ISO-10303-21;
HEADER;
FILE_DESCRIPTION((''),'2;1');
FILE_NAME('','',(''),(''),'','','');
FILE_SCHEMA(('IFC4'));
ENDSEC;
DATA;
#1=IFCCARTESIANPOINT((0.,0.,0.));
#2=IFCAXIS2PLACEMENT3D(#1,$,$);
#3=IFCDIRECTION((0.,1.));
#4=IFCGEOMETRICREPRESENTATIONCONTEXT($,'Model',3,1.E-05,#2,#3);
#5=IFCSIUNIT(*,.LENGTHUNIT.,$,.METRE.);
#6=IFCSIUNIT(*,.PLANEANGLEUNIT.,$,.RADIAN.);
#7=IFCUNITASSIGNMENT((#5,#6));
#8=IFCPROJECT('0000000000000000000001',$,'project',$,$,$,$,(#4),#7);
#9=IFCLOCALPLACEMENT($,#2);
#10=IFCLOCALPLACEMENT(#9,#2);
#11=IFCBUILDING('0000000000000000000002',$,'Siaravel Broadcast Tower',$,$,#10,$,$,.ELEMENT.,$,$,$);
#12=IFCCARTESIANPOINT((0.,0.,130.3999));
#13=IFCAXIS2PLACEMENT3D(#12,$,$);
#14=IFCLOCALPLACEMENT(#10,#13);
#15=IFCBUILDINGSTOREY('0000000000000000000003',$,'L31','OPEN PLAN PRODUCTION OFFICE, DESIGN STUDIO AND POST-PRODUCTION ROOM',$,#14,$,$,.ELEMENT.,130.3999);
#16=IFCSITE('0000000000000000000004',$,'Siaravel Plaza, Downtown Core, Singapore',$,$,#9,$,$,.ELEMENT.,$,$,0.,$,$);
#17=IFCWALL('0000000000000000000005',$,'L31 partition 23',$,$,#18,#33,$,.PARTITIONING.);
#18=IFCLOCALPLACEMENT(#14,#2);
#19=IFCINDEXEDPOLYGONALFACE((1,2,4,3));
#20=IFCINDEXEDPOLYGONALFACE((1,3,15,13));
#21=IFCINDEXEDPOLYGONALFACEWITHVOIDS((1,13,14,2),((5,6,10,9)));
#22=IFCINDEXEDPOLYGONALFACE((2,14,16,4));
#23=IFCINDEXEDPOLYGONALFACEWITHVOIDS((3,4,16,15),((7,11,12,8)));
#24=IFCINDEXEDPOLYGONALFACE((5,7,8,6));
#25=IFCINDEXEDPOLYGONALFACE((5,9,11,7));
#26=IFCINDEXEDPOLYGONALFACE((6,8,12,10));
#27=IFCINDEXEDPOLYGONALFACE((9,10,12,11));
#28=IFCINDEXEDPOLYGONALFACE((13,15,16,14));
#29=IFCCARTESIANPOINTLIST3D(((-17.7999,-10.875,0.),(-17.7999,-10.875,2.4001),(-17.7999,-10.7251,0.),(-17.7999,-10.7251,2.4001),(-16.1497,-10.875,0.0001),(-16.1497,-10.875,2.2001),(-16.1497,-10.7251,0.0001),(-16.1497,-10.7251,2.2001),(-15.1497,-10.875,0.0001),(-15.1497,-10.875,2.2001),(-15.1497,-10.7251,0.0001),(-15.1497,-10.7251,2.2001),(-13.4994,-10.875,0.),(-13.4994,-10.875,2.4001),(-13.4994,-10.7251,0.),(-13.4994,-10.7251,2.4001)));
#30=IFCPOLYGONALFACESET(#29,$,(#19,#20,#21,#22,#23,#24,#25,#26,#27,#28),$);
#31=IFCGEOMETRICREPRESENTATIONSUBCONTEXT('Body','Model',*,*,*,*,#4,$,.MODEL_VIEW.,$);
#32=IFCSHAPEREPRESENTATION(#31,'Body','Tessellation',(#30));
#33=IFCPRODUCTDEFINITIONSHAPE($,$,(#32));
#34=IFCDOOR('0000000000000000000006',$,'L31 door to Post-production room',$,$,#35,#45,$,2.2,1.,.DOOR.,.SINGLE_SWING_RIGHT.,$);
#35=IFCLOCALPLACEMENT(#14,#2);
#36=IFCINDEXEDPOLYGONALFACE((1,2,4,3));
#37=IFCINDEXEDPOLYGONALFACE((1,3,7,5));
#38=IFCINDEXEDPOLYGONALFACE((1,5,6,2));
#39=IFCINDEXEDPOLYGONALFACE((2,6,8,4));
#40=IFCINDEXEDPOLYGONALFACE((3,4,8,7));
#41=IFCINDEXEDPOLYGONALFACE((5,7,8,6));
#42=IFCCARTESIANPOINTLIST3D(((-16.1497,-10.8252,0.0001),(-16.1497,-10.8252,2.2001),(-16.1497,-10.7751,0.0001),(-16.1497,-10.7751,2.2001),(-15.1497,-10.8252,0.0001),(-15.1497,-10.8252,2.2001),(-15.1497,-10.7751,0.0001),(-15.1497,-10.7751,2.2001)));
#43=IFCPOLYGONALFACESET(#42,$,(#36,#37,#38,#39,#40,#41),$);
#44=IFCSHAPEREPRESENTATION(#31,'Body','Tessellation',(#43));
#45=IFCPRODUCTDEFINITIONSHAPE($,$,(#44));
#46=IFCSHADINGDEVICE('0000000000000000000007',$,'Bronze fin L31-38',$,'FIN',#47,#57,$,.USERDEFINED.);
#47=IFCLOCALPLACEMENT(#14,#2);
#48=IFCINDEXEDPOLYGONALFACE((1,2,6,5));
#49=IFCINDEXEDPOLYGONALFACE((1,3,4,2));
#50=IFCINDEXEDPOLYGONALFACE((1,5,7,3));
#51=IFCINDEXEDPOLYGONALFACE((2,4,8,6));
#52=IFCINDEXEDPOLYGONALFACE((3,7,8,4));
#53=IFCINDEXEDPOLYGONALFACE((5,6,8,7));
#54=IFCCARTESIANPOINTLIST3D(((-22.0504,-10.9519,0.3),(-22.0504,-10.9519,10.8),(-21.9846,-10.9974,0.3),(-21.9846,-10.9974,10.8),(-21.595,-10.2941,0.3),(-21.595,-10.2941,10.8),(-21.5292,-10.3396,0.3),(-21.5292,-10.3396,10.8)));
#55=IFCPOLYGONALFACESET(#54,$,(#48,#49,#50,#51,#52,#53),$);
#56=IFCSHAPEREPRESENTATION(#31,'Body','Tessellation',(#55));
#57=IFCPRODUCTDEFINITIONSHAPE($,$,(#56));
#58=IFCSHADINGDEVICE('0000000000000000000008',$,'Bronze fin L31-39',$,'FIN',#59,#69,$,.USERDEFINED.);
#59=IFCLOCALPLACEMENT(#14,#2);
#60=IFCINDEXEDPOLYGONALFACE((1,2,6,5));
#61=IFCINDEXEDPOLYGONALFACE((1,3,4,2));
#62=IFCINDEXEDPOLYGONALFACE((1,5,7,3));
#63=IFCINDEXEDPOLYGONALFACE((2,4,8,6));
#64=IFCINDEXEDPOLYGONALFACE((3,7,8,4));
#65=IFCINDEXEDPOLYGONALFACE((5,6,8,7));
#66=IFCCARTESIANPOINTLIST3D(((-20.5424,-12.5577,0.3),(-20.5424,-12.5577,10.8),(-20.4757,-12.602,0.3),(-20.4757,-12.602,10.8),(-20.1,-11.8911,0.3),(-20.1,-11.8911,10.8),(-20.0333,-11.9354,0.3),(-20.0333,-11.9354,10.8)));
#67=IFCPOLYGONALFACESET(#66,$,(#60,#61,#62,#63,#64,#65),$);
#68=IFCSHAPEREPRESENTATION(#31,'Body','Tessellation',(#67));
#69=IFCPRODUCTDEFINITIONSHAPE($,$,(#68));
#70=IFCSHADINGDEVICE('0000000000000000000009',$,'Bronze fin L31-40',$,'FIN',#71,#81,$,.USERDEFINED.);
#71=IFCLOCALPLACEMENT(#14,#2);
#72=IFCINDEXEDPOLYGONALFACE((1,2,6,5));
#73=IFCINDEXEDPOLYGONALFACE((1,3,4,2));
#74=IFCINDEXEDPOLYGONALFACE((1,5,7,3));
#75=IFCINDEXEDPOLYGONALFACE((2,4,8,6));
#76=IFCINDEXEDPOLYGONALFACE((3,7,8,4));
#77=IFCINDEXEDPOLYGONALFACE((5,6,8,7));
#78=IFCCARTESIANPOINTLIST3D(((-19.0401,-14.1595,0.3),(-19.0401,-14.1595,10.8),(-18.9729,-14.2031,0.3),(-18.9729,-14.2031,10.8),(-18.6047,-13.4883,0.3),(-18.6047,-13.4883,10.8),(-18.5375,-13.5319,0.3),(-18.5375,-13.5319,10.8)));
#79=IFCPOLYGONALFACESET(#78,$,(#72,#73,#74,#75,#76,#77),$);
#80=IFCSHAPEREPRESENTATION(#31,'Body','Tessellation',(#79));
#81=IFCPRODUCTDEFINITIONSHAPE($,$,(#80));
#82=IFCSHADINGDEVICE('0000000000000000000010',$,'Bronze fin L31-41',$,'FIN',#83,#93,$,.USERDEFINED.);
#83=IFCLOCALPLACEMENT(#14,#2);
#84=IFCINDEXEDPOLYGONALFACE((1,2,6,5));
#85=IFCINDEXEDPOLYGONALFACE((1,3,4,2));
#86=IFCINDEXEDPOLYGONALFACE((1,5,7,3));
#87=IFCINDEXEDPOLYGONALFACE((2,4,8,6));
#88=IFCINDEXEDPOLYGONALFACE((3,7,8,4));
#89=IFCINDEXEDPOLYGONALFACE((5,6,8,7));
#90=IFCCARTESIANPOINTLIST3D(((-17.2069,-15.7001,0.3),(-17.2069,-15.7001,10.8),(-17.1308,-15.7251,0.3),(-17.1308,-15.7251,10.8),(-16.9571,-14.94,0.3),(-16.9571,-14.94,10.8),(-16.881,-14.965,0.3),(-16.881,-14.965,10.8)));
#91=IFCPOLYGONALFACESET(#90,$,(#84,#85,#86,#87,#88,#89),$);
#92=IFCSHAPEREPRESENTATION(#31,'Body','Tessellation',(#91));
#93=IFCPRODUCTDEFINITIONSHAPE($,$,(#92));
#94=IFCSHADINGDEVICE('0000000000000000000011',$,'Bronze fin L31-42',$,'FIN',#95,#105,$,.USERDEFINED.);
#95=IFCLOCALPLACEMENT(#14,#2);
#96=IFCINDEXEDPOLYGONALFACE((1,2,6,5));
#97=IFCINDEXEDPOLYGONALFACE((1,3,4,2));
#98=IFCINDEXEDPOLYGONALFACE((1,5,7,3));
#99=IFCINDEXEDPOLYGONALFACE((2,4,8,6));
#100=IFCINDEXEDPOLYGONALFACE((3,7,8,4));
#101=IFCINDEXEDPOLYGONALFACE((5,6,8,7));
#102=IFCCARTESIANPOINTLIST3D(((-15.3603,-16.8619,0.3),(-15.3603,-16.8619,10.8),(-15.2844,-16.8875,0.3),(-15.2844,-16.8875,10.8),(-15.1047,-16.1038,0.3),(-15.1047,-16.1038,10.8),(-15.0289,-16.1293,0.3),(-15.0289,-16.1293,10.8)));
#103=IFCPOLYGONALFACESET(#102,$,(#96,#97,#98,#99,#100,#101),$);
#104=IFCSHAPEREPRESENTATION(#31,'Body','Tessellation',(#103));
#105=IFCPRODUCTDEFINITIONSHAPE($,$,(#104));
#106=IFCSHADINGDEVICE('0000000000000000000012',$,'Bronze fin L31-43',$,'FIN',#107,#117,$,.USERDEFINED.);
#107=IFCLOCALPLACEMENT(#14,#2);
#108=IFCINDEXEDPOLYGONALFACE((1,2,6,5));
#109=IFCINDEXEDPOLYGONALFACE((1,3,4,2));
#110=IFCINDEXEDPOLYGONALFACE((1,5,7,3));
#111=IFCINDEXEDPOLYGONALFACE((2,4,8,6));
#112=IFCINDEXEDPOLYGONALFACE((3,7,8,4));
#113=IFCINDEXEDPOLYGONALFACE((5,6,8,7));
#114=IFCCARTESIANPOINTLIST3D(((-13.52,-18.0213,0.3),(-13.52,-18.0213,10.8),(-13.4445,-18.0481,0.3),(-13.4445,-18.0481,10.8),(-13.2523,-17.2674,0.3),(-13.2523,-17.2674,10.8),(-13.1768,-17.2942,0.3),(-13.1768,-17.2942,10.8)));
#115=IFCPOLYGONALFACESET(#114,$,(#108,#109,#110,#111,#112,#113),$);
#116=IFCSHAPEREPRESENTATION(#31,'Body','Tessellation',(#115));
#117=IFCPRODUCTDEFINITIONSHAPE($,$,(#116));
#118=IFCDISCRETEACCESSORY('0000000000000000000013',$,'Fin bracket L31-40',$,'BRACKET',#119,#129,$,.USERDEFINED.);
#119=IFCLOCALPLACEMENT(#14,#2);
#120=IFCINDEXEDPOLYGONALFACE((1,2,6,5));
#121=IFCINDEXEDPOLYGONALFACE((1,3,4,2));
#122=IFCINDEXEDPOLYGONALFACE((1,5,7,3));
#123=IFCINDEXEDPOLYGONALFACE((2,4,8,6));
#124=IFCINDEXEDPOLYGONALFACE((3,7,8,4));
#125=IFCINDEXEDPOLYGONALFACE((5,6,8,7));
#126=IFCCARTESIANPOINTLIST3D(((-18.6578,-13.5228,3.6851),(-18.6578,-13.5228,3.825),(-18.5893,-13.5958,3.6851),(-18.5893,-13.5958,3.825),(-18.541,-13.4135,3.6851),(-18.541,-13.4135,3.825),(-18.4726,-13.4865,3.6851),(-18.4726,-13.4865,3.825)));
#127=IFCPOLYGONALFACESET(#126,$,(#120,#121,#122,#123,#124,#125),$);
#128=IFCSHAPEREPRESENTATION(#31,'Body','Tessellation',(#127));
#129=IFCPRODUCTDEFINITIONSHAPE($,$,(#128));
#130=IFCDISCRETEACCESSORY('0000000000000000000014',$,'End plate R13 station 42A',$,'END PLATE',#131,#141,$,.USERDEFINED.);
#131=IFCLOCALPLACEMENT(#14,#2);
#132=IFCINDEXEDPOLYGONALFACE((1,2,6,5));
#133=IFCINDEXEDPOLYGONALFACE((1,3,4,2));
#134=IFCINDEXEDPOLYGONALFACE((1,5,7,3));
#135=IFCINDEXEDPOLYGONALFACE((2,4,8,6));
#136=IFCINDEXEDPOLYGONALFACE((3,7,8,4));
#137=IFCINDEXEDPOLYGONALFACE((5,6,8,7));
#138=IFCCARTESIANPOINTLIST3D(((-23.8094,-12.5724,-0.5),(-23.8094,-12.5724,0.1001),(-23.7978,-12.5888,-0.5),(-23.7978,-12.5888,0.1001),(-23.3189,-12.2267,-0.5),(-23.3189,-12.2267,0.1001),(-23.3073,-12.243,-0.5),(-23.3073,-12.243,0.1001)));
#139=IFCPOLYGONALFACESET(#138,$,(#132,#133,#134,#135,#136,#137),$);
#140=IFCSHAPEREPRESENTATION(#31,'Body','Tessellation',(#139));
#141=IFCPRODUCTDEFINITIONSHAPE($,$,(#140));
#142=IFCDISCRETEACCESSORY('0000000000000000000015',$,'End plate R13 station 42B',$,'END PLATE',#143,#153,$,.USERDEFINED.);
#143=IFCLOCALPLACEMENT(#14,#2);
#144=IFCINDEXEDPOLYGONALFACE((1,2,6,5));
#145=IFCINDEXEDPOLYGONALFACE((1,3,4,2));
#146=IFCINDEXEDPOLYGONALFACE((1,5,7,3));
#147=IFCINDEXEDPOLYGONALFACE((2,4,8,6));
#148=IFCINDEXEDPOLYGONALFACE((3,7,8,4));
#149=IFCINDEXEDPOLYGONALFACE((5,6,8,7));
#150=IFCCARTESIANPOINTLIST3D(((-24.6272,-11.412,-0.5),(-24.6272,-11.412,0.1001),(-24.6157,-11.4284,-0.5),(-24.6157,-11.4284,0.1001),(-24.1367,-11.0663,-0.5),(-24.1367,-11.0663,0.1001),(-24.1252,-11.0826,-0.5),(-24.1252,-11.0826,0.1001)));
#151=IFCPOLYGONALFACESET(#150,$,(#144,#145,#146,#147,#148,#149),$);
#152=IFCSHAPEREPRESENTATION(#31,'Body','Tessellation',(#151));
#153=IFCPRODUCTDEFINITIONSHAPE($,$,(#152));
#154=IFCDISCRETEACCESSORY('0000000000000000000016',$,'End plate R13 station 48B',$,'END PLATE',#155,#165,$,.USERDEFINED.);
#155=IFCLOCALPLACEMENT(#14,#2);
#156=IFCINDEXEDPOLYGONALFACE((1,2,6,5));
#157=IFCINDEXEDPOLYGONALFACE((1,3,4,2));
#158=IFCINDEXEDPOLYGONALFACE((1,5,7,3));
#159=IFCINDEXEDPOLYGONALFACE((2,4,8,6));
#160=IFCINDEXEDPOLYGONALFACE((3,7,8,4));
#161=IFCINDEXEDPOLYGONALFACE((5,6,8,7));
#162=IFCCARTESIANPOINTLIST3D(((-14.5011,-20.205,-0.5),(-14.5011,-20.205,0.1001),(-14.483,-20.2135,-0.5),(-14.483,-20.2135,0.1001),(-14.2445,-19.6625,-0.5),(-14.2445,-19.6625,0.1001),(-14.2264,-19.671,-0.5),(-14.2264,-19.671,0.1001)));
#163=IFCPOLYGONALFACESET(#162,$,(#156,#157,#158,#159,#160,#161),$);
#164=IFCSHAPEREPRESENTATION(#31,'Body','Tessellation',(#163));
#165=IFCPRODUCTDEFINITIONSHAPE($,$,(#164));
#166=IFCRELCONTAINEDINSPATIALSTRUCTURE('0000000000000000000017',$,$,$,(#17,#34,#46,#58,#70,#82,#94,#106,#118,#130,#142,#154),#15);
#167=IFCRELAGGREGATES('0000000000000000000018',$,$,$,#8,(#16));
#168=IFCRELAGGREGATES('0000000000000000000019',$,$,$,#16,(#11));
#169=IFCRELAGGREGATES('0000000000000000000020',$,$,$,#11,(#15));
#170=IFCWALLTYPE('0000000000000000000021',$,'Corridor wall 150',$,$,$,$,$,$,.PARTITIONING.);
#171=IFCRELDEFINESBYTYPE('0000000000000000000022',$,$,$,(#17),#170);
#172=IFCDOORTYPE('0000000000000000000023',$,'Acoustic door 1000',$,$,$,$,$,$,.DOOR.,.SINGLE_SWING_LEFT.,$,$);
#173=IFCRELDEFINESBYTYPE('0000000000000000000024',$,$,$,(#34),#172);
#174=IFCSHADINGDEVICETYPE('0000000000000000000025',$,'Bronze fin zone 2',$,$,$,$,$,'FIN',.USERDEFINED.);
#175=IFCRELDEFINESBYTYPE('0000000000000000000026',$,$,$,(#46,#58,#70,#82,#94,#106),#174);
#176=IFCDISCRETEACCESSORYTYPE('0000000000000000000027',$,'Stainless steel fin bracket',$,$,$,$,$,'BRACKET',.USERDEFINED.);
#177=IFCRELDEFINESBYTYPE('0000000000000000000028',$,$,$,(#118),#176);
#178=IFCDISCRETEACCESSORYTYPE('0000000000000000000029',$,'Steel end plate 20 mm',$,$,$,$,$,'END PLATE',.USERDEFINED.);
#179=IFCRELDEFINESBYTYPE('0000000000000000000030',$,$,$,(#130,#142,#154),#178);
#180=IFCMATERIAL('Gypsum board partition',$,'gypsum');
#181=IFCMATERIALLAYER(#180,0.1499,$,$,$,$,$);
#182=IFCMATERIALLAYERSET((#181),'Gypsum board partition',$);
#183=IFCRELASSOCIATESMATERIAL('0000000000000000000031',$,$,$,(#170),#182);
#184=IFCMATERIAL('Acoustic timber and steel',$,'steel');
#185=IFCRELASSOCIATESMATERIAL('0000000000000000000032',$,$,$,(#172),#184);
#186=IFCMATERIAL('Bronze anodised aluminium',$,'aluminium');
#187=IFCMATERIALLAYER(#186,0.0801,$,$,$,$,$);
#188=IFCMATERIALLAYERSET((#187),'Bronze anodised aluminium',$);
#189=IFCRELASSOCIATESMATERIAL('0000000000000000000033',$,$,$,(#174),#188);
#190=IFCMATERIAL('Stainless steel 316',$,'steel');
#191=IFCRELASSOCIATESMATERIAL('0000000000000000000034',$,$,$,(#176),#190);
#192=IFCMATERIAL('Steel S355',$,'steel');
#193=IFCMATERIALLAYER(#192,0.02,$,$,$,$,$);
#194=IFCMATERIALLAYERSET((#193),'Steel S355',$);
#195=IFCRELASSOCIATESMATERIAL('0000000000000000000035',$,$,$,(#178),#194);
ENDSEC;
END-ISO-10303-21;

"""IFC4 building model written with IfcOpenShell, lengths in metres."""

from ifc_helpers import new_model, si_unit, direction, frame, frame_2d, origin, origin_2d, place, context, subcontext, project, spatial, rectangle, extrude, material, layer, layer_set, type_object, element, fill, save


model = new_model("IFC4")

# Units and contexts
model_context = context("Model", 3, precision=1e-05, world=origin(), true_north=direction((0.0, 1.0)))
body_context = subcontext(model_context, "Body", "Model", "MODEL_VIEW")
ifc_project = project(units=[si_unit("LENGTHUNIT", "METRE"), si_unit("PLANEANGLEUNIT", "RADIAN")], contexts=[model_context])

# Site, building, storey
site_placement = place(None, origin())
site = spatial("IfcSite", under=ifc_project, at=site_placement, Name="Siaravel Plaza, Downtown Core, Singapore", CompositionType="ELEMENT", RefElevation=0.0)
building_placement = place(site_placement, origin())
building = spatial("IfcBuilding", under=site, at=building_placement, Name="Siaravel Broadcast Tower", CompositionType="ELEMENT")
storey_placement = place(building_placement, frame((0.0, 0.0, 130.3999)))
storey = spatial("IfcBuildingStorey", under=building, at=storey_placement, Name="L31", Description="OPEN PLAN PRODUCTION OFFICE, DESIGN STUDIO AND POST-PRODUCTION ROOM", CompositionType="ELEMENT", Elevation=130.3999)

# Shared definitions
ifc_material_1 = material(Name="Steel S355", Category="steel")

# Wall, opening, door
ifc_material_2 = material(Name="Gypsum board partition", Category="gypsum")
ifc_layer_1 = layer(ifc_material_2, 0.1499)
ifc_layer_set_1 = layer_set([ifc_layer_1], Name="Gypsum board partition")
wall_type_1 = type_object("IfcWallType", Name="Corridor wall 150", PredefinedType="PARTITIONING", material=ifc_layer_set_1)
wall_1_placement = place(storey_placement, frame((-17.8, -10.8, 0.0), z_axis=(0.0, 0.0, 1.0), x_axis=(1.0, 0.0, 0.0)))
wall_1 = element("IfcWall", 1, at=wall_1_placement, inside=storey, type_object=wall_type_1, Name="L31 partition 23", PredefinedType="PARTITIONING", context=body_context, shape_type="SweptSolid", body=[
    extrude(rectangle(XDim=4.3005, YDim=0.1499, at=frame_2d((2.1504, 0.0))), origin(), (0.0, 0.0, 1.0), 2.4001),
])
opening_1_placement = place(wall_1_placement, frame((1.6504, 0.0, 0.0)))
opening_1 = element("IfcOpeningElement", 2, at=opening_1_placement, cuts=wall_1, PredefinedType="OPENING", context=body_context, shape_type="SweptSolid", body=[
    extrude(rectangle(XDim=1.0, YDim=2.2, at=frame_2d((0.5, 1.1001))), frame((0.0, 0.085, 0.0), z_axis=(0.0, -1.0, 0.0), x_axis=(1.0, 0.0, 0.0)), (0.0, 0.0, 1.0), 0.1699),
])
ifc_material_3 = material(Name="Acoustic timber and steel", Category="steel")
door_type = type_object("IfcDoorType", Name="Acoustic door 1000", OperationType="SINGLE_SWING_LEFT", PredefinedType="DOOR", material=ifc_material_3)
door_placement = place(opening_1_placement, origin())
door = element("IfcDoor", 3, at=door_placement, inside=storey, type_object=door_type, Name="L31 door to Post-production room", OperationType="SINGLE_SWING_RIGHT", OverallHeight=2.2, OverallWidth=1.0, PredefinedType="DOOR", context=body_context, shape_type="SweptSolid", body=[
    extrude(rectangle(XDim=1.0, YDim=2.2, at=frame_2d((0.5, 1.1001))), frame((0.0, 0.0249, 0.0), z_axis=(0.0, -1.0, 0.0), x_axis=(1.0, 0.0, 0.0)), (0.0, 0.0, 1.0), 0.05),
])
fill(opening_1, door)

# Shading devices
ifc_material_4 = material(Name="Bronze anodised aluminium", Category="aluminium")
ifc_layer_2 = layer(ifc_material_4, 0.0801)
ifc_layer_set_2 = layer_set([ifc_layer_2], Name="Bronze anodised aluminium")
shading_device_type = type_object("IfcShadingDeviceType", Name="Bronze fin zone 2", ElementType="FIN", PredefinedType="USERDEFINED", material=ifc_layer_set_2)
for number, where, z_axis, x_axis, name in (
    (4, (-21.7898, -10.6458, 0.3), (0.0, 0.0, 1.0), (-0.569175, -0.822217, 0.0), "Bronze fin L31-38"),
    (5, (-20.2878, -12.2466, 0.3), (0.0, 0.0, 1.0), (-0.552999, -0.833182, 0.0), "Bronze fin L31-39"),
    (6, (-18.7888, -13.8457, 0.3), (0.0, 0.0, 1.0), (-0.544197, -0.838958, 0.0), "Bronze fin L31-40"),
    (7, (-17.0439, -15.3325, 0.3), (0.0, 0.0, 1.0), (-0.312151, -0.950033, 0.0), "Bronze fin L31-41"),
    (8, (-15.1946, -16.4956, 0.3), (0.0, 0.0, 1.0), (-0.319452, -0.947602, 0.0), "Bronze fin L31-42"),
    (9, (-13.3484, -17.6577, 0.3), (0.0, 0.0, 1.0), (-0.334634, -0.942348, 0.0), "Bronze fin L31-43"),
):
    element("IfcShadingDevice", number, at=place(storey_placement, frame(where, z_axis=z_axis, x_axis=x_axis)), inside=storey, type_object=shading_device_type, Name=name, ObjectType="FIN", PredefinedType="USERDEFINED", context=body_context, shape_type="SweptSolid", body=[
        extrude(rectangle(XDim=0.8, YDim=0.0801, at=origin_2d()), origin(), (0.0, 0.0, 1.0), 10.5),
    ])

# Discrete accessories
ifc_material_5 = material(Name="Stainless steel 316", Category="steel")
discrete_accessory_type_1 = type_object("IfcDiscreteAccessoryType", Name="Stainless steel fin bracket", ElementType="BRACKET", PredefinedType="USERDEFINED", material=ifc_material_5)
discrete_accessory_placement = place(storey_placement, frame((-18.5652, -13.5046, 3.6851), z_axis=(0.0, 0.0, 1.0), x_axis=(-0.729807, -0.683653, 0.0)))
element("IfcDiscreteAccessory", 10, at=discrete_accessory_placement, inside=storey, type_object=discrete_accessory_type_1, Name="Fin bracket L31-40", ObjectType="BRACKET", PredefinedType="USERDEFINED", context=body_context, shape_type="SweptSolid", body=[
    extrude(rectangle(XDim=0.1599, YDim=0.1001, at=origin_2d()), origin(), (0.0, 0.0, 1.0), 0.1399),
])
ifc_layer_3 = layer(ifc_material_1, 0.02)
ifc_layer_set_3 = layer_set([ifc_layer_3], Name="Steel S355")
discrete_accessory_type_2 = type_object("IfcDiscreteAccessoryType", Name="Steel end plate 20 mm", ElementType="END PLATE", PredefinedType="USERDEFINED", material=ifc_layer_set_3)
for number, where, z_axis, x_axis, name in (
    (11, (-23.5583, -12.4077, -0.5), (0.0, 0.0, 1.0), (0.57612, -0.817365, 0.0), "End plate R13 station 42A"),
    (12, (-24.3762, -11.2473, -0.5), (0.0, 0.0, 1.0), (0.57612, -0.817365, 0.0), "End plate R13 station 42B"),
    (13, (-14.3638, -19.938, -0.5), (0.0, 0.0, 1.0), (0.904007, -0.427517, 0.0), "End plate R13 station 48B"),
):
    element("IfcDiscreteAccessory", number, at=place(storey_placement, frame(where, z_axis=z_axis, x_axis=x_axis)), inside=storey, type_object=discrete_accessory_type_2, Name=name, ObjectType="END PLATE", PredefinedType="USERDEFINED", context=body_context, shape_type="SweptSolid", body=[
        extrude(rectangle(XDim=0.02, YDim=0.6001, at=origin_2d()), origin(), (0.0, 0.0, 1.0), 0.6001),
    ])

save(model, "model.ifc")
